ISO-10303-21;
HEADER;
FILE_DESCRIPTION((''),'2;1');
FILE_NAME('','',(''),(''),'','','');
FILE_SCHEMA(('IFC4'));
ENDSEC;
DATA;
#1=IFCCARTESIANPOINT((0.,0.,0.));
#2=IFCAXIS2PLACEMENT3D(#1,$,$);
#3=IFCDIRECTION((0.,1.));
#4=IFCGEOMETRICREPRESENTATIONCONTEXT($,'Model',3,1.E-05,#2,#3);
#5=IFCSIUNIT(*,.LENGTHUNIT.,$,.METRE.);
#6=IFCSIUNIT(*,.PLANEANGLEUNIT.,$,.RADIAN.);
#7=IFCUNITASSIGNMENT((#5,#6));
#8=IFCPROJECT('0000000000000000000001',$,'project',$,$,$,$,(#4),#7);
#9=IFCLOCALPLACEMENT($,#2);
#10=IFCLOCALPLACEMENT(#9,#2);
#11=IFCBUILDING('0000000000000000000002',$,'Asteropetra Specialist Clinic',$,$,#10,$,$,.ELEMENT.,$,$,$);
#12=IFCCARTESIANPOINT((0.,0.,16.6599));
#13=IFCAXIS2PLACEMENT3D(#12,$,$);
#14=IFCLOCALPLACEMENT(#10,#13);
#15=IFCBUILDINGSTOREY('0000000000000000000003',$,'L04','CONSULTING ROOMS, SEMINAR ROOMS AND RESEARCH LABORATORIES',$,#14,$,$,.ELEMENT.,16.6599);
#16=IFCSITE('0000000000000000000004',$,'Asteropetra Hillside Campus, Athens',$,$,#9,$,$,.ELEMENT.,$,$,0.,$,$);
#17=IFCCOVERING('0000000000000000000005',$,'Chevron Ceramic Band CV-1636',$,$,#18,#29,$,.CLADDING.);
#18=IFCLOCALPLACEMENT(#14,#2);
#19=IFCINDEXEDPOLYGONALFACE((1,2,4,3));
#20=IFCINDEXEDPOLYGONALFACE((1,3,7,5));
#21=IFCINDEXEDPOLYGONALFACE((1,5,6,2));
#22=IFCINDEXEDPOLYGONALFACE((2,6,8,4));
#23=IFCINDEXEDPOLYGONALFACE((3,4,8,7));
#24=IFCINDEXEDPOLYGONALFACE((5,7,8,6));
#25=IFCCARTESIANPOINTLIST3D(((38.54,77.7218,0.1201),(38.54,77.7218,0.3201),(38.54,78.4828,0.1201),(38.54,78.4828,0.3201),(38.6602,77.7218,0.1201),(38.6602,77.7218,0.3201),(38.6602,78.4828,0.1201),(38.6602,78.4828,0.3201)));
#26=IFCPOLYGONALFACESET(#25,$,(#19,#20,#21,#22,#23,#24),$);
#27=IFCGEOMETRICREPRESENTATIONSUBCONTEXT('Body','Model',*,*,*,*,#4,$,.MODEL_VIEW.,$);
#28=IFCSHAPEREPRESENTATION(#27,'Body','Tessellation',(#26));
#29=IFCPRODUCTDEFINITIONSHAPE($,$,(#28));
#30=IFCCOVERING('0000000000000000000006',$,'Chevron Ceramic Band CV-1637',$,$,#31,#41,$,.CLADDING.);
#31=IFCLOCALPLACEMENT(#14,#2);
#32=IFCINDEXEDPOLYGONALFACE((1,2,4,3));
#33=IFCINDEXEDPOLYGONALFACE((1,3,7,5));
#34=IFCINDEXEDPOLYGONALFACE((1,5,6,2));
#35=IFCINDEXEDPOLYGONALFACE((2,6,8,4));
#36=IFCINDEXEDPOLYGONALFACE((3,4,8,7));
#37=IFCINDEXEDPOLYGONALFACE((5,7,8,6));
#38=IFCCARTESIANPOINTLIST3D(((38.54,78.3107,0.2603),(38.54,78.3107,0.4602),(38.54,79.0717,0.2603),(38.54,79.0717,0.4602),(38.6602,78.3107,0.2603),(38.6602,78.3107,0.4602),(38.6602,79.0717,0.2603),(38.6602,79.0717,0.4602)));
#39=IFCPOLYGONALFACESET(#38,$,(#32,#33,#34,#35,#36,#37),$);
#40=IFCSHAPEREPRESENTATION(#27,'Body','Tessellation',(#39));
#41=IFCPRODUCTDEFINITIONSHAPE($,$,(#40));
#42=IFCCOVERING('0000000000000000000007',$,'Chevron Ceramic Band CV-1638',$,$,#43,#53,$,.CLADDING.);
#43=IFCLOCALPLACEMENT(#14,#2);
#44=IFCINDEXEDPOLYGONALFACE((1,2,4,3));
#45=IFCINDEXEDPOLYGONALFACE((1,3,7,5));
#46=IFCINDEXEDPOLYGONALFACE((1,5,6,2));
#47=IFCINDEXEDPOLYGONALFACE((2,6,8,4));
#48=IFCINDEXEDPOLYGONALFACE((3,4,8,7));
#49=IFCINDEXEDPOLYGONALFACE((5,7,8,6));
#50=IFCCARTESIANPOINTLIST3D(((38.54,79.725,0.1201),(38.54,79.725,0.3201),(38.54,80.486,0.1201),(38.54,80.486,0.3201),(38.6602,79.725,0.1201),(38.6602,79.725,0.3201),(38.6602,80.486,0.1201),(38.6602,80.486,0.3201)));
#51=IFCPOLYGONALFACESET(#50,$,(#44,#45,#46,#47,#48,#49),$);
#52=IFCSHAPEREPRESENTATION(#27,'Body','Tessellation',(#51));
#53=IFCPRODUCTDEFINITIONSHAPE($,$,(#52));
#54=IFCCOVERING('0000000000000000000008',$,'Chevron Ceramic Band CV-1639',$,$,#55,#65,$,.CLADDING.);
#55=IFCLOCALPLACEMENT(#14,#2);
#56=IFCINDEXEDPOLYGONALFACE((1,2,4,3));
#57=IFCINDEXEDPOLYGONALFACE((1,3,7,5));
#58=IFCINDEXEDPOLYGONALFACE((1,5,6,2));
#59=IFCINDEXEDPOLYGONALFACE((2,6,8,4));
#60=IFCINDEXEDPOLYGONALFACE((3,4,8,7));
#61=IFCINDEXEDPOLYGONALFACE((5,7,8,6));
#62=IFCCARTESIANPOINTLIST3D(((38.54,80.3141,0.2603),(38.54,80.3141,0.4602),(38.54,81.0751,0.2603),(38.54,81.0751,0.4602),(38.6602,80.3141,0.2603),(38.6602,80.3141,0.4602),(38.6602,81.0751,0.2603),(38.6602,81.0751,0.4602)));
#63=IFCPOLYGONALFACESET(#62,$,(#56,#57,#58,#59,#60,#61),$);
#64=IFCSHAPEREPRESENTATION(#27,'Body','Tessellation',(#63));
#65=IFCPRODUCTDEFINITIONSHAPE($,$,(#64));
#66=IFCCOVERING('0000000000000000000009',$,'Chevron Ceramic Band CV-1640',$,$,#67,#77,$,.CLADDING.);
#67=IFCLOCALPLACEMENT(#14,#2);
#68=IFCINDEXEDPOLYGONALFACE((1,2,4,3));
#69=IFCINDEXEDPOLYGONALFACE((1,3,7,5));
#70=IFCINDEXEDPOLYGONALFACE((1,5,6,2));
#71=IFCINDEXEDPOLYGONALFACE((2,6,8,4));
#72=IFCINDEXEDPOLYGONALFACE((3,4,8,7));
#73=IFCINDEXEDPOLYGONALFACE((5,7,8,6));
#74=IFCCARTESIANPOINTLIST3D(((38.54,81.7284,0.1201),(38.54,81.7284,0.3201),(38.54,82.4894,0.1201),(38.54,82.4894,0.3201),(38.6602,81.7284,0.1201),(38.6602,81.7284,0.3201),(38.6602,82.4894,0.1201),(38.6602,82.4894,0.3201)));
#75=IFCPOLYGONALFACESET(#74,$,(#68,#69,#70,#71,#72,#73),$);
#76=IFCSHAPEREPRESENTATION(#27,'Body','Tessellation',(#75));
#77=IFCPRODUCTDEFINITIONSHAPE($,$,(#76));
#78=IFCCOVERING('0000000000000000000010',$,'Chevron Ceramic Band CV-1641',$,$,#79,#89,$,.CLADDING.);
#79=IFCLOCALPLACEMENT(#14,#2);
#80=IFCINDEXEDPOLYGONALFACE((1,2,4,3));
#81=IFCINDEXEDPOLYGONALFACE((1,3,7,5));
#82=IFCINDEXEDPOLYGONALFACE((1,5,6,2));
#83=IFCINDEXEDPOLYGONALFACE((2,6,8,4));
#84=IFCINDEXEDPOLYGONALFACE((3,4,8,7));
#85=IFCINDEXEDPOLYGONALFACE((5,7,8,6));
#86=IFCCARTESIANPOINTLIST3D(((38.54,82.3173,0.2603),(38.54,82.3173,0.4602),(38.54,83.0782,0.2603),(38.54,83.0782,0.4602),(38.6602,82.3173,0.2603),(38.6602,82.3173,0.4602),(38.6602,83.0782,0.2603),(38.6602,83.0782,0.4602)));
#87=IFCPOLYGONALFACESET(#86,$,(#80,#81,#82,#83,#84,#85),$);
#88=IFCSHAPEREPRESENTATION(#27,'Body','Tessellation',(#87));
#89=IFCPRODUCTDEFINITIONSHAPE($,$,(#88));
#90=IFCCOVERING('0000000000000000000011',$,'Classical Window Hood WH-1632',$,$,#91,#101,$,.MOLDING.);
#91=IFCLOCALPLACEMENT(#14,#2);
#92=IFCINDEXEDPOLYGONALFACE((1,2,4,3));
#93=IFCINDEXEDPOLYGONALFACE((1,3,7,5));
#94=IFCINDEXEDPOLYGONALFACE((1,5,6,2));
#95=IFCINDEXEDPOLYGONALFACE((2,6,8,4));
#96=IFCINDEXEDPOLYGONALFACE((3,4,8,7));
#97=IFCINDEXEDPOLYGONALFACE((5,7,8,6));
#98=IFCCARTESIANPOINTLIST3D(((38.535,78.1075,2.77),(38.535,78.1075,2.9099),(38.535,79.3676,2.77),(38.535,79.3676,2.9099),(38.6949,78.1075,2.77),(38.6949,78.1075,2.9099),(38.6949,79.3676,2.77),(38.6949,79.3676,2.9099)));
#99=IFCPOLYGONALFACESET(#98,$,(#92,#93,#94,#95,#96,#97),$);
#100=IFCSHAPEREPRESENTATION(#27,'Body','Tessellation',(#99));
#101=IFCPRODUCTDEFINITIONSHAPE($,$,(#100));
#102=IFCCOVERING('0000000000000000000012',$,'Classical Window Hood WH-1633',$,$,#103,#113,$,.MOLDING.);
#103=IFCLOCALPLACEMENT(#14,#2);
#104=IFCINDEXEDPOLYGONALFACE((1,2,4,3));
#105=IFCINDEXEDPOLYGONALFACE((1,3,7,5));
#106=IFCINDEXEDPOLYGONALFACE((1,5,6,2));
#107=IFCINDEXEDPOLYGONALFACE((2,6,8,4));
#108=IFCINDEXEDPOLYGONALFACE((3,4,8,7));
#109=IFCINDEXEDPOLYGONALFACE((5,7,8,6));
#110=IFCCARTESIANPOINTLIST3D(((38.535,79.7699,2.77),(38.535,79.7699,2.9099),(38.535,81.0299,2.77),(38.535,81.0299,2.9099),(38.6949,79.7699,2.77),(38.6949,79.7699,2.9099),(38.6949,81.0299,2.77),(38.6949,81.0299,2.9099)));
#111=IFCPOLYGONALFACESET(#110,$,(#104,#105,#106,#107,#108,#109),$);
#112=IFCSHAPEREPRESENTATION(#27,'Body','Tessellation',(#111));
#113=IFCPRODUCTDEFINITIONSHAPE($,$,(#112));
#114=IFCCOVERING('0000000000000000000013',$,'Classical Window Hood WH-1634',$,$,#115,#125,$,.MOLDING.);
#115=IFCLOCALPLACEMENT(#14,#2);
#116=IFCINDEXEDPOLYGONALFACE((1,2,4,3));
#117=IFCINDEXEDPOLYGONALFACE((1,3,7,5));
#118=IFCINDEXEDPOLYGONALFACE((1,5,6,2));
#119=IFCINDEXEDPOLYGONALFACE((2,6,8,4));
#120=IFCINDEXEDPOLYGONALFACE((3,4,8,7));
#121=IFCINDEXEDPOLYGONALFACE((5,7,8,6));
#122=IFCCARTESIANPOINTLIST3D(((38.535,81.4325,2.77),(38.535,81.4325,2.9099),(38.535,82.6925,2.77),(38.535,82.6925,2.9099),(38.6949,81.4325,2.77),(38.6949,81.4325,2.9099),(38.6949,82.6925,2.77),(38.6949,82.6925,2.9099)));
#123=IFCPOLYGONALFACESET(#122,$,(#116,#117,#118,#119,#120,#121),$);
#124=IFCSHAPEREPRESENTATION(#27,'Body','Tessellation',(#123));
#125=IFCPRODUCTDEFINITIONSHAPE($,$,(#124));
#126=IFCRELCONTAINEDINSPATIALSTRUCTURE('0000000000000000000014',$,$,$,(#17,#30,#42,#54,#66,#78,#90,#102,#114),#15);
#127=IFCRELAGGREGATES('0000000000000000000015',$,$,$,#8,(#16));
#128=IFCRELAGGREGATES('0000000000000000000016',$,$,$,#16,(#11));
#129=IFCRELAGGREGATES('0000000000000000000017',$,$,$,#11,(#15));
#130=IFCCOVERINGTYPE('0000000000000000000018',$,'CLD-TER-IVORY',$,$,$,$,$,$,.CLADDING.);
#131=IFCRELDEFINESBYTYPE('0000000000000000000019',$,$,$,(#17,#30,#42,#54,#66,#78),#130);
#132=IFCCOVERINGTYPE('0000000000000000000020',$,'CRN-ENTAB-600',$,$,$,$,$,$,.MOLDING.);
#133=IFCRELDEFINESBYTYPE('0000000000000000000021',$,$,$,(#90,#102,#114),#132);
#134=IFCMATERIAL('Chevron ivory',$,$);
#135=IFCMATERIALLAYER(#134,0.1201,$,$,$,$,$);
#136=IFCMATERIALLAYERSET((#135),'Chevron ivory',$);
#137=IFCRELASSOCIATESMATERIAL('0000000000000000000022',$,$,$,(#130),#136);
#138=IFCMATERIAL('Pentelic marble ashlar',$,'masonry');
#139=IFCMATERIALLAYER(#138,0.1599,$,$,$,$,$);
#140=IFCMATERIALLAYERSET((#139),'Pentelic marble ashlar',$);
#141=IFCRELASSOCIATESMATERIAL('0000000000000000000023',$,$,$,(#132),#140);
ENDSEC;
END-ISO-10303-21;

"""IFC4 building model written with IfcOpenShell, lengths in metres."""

from ifc_helpers import new_model, si_unit, direction, frame, origin, origin_2d, place, context, subcontext, project, spatial, rectangle, extrude, material, layer, layer_set, type_object, element, save


model = new_model("IFC4")

# Units and contexts
model_context = context("Model", 3, precision=1e-05, world=origin(), true_north=direction((0.0, 1.0)))
body_context = subcontext(model_context, "Body", "Model", "MODEL_VIEW")
ifc_project = project(units=[si_unit("LENGTHUNIT", "METRE"), si_unit("PLANEANGLEUNIT", "RADIAN")], contexts=[model_context])

# Site, building, storey
site_placement = place(None, origin())
site = spatial("IfcSite", under=ifc_project, at=site_placement, Name="Asteropetra Hillside Campus, Athens", CompositionType="ELEMENT", RefElevation=0.0)
building_placement = place(site_placement, origin())
building = spatial("IfcBuilding", under=site, at=building_placement, Name="Asteropetra Specialist Clinic", CompositionType="ELEMENT")
storey_placement = place(building_placement, frame((0.0, 0.0, 16.6599)))
storey = spatial("IfcBuildingStorey", under=building, at=storey_placement, Name="L04", Description="CONSULTING ROOMS, SEMINAR ROOMS AND RESEARCH LABORATORIES", CompositionType="ELEMENT", Elevation=16.6599)

# Coverings
ifc_material_1 = material(Name="Chevron ivory")
ifc_layer_1 = layer(ifc_material_1, 0.1201)
ifc_layer_set_1 = layer_set([ifc_layer_1], Name="Chevron ivory")
covering_type_1 = type_object("IfcCoveringType", Name="CLD-TER-IVORY", PredefinedType="CLADDING", material=ifc_layer_set_1)
for number, where, z_axis, x_axis, name in (
    (1, (38.6001, 78.1023, 0.1201), (0.0, 0.0, 1.0), (1.0, 0.0, 0.0), "Chevron Ceramic Band CV-1636"),
    (2, (38.6001, 78.6912, 0.2603), (0.0, 0.0, 1.0), (1.0, 0.0, 0.0), "Chevron Ceramic Band CV-1637"),
    (3, (38.6001, 80.1055, 0.1201), (0.0, 0.0, 1.0), (1.0, 0.0, 0.0), "Chevron Ceramic Band CV-1638"),
    (4, (38.6001, 80.6946, 0.2603), (0.0, 0.0, 1.0), (1.0, 0.0, 0.0), "Chevron Ceramic Band CV-1639"),
    (5, (38.6001, 82.1089, 0.1201), (0.0, 0.0, 1.0), (1.0, 0.0, 0.0), "Chevron Ceramic Band CV-1640"),
    (6, (38.6001, 82.6978, 0.2603), (0.0, 0.0, 1.0), (1.0, 0.0, 0.0), "Chevron Ceramic Band CV-1641"),
):
    element("IfcCovering", number, at=place(storey_placement, frame(where, z_axis=z_axis, x_axis=x_axis)), inside=storey, type_object=covering_type_1, Name=name, PredefinedType="CLADDING", context=body_context, shape_type="SweptSolid", body=[
        extrude(rectangle(XDim=0.1201, YDim=0.761, at=origin_2d()), origin(), (0.0, 0.0, 1.0), 0.2),
    ])
ifc_material_2 = material(Name="Pentelic marble ashlar", Category="masonry")
ifc_layer_2 = layer(ifc_material_2, 0.1599)
ifc_layer_set_2 = layer_set([ifc_layer_2], Name="Pentelic marble ashlar")
covering_type_2 = type_object("IfcCoveringType", Name="CRN-ENTAB-600", PredefinedType="MOLDING", material=ifc_layer_set_2)
for number, where, z_axis, x_axis, name in (
    (7, (38.615, 78.7375, 2.77), (0.0, 0.0, 1.0), (1.0, 0.0, 0.0), "Classical Window Hood WH-1632"),
    (8, (38.615, 80.3999, 2.77), (0.0, 0.0, 1.0), (1.0, 0.0, 0.0), "Classical Window Hood WH-1633"),
    (9, (38.615, 82.0625, 2.77), (0.0, 0.0, 1.0), (1.0, 0.0, 0.0), "Classical Window Hood WH-1634"),
):
    element("IfcCovering", number, at=place(storey_placement, frame(where, z_axis=z_axis, x_axis=x_axis)), inside=storey, type_object=covering_type_2, Name=name, PredefinedType="MOLDING", context=body_context, shape_type="SweptSolid", body=[
        extrude(rectangle(XDim=0.1599, YDim=1.26, at=origin_2d()), origin(), (0.0, 0.0, 1.0), 0.1399),
    ])

save(model, "model.ifc")
